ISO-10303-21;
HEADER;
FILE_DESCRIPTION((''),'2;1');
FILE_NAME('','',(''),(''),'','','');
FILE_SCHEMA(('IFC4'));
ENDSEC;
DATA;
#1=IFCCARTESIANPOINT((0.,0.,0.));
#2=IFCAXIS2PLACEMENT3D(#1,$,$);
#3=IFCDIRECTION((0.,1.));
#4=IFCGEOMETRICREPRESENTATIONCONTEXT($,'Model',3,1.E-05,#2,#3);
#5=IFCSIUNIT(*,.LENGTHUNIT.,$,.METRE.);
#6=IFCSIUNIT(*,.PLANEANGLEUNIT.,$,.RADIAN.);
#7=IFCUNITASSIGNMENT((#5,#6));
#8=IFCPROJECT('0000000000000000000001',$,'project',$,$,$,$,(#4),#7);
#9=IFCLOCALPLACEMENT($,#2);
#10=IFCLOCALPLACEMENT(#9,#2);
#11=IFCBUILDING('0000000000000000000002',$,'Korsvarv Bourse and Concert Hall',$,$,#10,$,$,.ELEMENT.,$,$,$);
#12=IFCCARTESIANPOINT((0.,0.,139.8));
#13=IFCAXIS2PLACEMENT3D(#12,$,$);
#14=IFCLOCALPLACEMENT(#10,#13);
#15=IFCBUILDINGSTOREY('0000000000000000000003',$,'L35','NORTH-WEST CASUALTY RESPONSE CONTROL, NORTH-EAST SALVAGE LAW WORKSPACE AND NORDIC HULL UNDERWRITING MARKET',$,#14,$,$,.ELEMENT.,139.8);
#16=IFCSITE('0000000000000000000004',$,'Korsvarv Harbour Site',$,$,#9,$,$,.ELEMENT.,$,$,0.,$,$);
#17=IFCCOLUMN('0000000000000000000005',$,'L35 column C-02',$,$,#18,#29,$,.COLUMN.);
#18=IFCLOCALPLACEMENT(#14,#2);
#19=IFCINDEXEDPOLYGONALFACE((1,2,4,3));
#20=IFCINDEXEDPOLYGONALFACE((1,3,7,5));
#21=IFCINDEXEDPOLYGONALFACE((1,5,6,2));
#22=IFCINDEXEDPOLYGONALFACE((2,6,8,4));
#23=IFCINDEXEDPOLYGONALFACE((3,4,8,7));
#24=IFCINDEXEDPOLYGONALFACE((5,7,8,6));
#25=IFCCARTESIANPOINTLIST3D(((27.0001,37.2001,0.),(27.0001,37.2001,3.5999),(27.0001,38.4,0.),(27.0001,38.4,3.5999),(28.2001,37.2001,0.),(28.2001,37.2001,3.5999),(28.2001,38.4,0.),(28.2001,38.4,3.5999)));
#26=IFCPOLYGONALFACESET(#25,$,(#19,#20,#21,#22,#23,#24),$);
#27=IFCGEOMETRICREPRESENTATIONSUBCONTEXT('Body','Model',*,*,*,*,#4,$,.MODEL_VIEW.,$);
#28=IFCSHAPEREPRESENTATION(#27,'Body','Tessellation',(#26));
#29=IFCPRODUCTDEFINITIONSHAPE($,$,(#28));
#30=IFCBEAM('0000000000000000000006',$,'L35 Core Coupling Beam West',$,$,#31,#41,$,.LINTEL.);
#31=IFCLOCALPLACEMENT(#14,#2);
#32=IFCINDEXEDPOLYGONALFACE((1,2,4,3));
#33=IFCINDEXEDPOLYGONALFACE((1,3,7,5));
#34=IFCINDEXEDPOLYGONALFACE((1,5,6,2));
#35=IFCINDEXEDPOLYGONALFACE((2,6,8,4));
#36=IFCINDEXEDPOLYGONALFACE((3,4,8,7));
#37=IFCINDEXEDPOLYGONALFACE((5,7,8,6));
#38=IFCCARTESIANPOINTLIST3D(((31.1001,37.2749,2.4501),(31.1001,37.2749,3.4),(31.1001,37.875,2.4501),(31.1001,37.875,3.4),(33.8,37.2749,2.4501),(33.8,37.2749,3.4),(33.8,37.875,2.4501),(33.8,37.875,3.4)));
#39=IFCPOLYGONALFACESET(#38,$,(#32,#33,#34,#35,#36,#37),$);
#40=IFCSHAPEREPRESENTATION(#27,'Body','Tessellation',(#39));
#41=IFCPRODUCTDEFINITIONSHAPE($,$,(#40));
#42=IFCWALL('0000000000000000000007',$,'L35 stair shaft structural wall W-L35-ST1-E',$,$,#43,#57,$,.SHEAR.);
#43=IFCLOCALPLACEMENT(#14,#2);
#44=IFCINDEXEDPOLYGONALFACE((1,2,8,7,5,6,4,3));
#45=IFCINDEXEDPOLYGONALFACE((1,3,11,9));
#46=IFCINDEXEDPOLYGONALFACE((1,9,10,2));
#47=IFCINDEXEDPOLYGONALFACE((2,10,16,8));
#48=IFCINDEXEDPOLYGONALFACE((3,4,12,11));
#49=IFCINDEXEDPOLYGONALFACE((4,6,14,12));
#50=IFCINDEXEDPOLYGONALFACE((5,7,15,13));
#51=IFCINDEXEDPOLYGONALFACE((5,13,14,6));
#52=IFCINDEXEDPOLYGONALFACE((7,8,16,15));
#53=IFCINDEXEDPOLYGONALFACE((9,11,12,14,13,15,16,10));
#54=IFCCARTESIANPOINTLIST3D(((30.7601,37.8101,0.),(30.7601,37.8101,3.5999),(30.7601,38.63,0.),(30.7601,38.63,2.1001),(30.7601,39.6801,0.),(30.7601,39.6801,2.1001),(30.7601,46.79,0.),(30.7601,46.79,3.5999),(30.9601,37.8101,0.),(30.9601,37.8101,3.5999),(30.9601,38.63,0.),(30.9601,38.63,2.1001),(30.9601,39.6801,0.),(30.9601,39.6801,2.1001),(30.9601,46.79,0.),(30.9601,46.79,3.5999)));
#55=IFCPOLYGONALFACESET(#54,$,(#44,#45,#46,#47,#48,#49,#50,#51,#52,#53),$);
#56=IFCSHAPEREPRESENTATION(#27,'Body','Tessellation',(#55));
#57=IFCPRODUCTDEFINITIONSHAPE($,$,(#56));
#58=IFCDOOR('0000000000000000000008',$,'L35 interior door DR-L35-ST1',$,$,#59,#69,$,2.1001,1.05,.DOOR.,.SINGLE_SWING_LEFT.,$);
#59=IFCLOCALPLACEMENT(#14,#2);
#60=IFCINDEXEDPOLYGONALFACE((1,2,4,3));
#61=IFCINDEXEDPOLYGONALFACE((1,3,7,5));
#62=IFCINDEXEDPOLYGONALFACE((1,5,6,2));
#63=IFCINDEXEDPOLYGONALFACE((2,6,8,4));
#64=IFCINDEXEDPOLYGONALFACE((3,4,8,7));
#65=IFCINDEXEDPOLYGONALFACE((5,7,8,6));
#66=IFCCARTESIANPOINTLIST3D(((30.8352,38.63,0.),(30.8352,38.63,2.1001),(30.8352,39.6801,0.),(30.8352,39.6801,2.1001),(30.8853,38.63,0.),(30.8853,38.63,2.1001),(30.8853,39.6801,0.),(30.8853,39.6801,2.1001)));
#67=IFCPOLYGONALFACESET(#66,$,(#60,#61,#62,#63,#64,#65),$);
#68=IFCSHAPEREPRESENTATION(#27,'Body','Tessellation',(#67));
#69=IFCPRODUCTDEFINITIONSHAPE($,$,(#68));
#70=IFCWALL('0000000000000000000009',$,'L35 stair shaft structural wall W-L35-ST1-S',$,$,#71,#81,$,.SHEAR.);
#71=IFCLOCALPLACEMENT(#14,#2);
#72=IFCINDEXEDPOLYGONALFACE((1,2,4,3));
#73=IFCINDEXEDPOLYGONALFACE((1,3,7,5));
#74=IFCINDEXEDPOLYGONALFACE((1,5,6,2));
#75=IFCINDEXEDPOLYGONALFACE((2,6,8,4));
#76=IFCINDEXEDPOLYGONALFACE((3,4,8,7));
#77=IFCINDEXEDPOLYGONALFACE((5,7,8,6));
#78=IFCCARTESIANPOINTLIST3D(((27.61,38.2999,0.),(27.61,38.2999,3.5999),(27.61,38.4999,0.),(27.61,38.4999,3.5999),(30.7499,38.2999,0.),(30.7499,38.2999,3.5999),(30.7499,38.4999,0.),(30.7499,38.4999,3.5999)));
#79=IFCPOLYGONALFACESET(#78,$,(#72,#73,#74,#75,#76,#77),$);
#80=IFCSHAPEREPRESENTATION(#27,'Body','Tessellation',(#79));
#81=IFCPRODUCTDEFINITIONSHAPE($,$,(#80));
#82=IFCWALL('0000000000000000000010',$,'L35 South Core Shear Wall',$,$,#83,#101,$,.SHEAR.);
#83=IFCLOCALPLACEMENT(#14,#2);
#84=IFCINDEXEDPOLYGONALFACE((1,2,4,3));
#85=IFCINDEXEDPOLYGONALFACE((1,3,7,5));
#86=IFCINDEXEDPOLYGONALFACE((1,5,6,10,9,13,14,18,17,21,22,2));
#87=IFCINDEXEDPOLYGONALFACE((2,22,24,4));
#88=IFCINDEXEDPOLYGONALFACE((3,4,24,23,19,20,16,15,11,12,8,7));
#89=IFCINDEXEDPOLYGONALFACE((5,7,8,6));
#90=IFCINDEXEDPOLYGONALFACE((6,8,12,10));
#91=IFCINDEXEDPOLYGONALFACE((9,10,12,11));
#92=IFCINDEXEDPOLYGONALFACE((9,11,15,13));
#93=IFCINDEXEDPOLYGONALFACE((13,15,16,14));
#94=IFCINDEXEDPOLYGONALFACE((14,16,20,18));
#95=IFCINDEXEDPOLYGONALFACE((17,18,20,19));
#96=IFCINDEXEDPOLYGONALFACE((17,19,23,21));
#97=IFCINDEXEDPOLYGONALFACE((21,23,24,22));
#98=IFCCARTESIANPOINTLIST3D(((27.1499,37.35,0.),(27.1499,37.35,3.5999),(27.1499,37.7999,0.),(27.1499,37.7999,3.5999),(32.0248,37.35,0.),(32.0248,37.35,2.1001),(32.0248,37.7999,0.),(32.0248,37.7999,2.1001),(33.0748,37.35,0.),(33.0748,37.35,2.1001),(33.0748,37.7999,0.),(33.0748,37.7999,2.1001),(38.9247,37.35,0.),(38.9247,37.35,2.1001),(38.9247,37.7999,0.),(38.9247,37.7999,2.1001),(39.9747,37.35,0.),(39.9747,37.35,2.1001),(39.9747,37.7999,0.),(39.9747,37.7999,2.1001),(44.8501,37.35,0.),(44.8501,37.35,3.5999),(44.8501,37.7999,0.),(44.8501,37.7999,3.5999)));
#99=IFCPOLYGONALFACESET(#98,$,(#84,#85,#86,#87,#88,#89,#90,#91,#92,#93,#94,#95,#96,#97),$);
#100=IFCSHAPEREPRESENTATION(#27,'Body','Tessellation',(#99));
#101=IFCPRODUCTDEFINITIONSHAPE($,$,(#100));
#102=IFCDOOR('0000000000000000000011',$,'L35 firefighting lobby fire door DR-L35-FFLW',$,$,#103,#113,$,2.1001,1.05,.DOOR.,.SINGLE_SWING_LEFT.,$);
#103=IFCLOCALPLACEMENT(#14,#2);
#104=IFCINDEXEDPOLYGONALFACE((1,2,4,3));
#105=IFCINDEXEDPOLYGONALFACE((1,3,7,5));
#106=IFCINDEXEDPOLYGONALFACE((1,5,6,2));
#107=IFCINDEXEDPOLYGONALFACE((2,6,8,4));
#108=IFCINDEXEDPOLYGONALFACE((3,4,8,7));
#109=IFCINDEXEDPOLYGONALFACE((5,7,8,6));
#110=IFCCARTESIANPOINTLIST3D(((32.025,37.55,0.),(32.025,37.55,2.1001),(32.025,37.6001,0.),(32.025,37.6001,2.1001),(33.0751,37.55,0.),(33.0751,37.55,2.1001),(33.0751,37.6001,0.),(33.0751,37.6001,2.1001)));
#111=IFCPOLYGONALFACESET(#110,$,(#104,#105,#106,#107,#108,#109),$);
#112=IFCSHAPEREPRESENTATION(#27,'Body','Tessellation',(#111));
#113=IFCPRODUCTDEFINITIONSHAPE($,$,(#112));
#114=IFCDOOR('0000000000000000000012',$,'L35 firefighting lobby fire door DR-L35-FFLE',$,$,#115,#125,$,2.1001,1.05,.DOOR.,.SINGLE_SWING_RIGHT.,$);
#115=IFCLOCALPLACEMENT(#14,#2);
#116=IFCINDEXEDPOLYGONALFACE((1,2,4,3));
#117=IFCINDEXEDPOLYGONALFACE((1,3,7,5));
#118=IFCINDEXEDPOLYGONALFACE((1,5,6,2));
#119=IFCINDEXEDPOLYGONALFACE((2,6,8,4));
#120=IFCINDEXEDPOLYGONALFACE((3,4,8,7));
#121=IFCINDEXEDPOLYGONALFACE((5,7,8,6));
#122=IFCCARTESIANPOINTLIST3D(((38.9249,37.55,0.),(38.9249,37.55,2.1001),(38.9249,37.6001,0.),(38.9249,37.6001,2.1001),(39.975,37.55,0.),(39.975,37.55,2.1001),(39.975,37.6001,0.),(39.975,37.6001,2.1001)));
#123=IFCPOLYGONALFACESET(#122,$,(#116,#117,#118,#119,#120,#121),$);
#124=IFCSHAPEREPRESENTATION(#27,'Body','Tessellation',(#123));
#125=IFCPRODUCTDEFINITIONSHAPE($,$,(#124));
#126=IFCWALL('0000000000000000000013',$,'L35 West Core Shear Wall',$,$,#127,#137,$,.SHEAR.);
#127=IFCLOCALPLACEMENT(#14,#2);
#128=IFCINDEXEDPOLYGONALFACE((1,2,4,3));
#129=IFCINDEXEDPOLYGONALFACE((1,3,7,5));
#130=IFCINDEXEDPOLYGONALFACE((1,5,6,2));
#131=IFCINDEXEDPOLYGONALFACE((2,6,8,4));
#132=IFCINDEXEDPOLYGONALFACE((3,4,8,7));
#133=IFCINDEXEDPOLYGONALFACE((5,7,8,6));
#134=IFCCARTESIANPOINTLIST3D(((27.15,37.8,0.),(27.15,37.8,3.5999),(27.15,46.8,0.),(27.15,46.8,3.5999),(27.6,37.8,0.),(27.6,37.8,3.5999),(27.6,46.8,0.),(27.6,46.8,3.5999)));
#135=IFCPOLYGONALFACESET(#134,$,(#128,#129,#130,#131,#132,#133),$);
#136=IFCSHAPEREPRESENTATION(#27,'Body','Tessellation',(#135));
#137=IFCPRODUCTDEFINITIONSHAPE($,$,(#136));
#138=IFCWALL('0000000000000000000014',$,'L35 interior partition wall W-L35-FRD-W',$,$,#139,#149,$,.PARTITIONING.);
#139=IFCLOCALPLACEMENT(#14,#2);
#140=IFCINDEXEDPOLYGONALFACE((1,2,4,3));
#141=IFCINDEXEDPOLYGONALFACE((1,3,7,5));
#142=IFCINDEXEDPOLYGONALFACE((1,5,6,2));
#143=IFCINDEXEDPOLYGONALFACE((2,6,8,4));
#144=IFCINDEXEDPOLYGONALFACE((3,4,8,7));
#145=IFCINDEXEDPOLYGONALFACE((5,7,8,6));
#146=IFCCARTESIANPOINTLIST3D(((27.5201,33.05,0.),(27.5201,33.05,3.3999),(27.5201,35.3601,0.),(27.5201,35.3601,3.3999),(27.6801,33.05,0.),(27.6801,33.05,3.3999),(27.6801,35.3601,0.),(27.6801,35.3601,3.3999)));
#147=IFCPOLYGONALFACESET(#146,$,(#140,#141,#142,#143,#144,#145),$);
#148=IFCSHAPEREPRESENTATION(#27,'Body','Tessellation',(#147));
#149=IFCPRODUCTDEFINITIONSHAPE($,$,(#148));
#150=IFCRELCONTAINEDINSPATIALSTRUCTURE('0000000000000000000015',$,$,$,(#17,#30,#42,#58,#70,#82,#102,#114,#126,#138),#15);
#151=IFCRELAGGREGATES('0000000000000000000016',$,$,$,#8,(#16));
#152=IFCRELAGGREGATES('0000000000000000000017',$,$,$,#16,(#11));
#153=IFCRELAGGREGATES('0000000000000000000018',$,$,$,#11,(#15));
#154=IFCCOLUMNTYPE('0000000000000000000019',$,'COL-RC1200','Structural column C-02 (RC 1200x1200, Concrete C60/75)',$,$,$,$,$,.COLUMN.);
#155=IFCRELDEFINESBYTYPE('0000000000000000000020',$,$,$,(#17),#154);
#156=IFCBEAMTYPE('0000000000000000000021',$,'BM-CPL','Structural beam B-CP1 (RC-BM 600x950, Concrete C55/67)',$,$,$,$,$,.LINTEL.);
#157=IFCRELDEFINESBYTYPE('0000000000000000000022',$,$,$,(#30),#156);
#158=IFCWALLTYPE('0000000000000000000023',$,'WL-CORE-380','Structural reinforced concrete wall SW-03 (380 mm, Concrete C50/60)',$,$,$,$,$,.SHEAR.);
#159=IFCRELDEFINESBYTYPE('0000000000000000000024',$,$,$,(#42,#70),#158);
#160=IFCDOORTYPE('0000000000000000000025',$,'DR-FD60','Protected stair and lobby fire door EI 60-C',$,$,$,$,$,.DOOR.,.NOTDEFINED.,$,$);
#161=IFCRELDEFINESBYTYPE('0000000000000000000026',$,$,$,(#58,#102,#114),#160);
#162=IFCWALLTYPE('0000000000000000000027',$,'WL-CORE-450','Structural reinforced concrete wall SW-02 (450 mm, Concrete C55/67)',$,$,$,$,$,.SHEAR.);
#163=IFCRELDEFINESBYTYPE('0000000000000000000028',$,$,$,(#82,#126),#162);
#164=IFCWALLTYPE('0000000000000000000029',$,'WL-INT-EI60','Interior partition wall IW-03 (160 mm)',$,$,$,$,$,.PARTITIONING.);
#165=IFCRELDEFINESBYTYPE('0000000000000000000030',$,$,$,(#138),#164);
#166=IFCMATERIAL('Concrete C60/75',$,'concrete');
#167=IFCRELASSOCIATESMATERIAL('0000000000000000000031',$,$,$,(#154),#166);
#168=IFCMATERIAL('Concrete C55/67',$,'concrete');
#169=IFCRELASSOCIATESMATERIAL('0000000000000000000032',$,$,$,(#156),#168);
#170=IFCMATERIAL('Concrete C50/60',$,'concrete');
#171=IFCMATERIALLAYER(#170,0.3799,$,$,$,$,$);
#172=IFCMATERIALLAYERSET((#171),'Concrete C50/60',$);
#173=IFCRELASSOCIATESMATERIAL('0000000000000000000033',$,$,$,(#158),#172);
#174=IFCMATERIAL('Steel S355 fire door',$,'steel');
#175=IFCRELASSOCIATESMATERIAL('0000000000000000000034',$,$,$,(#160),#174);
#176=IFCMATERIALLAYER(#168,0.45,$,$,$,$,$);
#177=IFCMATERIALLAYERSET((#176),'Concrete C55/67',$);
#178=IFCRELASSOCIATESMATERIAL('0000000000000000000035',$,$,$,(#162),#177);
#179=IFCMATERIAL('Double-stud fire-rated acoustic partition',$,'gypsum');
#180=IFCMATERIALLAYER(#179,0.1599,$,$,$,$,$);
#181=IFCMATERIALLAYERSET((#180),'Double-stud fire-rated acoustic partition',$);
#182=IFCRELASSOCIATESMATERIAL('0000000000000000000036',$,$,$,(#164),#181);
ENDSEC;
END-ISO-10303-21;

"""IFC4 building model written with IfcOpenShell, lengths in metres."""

from ifc_helpers import new_model, si_unit, direction, frame, frame_2d, origin, origin_2d, place, context, subcontext, project, spatial, rectangle, extrude, source, transform, mapped, material, layer, layer_set, material_profile, profile_set, type_object, element, fill, save


model = new_model("IFC4")

# Units and contexts
model_context = context("Model", 3, precision=1e-05, world=origin(), true_north=direction((0.0, 1.0)))
body_context = subcontext(model_context, "Body", "Model", "MODEL_VIEW")
ifc_project = project(units=[si_unit("LENGTHUNIT", "METRE"), si_unit("PLANEANGLEUNIT", "RADIAN")], contexts=[model_context])

# Site, building, storey
site_placement = place(None, origin())
site = spatial("IfcSite", under=ifc_project, at=site_placement, Name="Korsvarv Harbour Site", CompositionType="ELEMENT", RefElevation=0.0)
building_placement = place(site_placement, origin())
building = spatial("IfcBuilding", under=site, at=building_placement, Name="Korsvarv Bourse and Concert Hall", CompositionType="ELEMENT")
storey_placement = place(building_placement, frame((0.0, 0.0, 139.8)))
storey = spatial("IfcBuildingStorey", under=building, at=storey_placement, Name="L35", Description="NORTH-WEST CASUALTY RESPONSE CONTROL, NORTH-EAST SALVAGE LAW WORKSPACE AND NORDIC HULL UNDERWRITING MARKET", CompositionType="ELEMENT", Elevation=139.8)

# Column
ifc_material_1 = material(Name="Concrete C60/75", Category="concrete")
ifc_material_profile_1 = material_profile(ifc_material_1, rectangle(XDim=1.2, YDim=1.2, at=origin_2d()), Name="RC 1200x1200")
ifc_profile_set_1 = profile_set([ifc_material_profile_1], Name="Concrete C60/75")
column_type = type_object("IfcColumnType", Name="COL-RC1200", Description="Structural column C-02 (RC 1200x1200, Concrete C60/75)", PredefinedType="COLUMN", material=ifc_profile_set_1)
shared_shape_1 = source(origin(), body_context, "Body", "SweptSolid", [
    extrude(rectangle(XDim=1.2, YDim=1.2, at=origin_2d()), origin(), (0.0, 0.0, 1.0), 3.5999),
])
column_placement = place(storey_placement, frame((27.6001, 37.8, 0.0), z_axis=(0.0, 0.0, 1.0), x_axis=(1.0, 0.0, 0.0)))
element("IfcColumn", 1, at=column_placement, inside=storey, type_object=column_type, Name="L35 column C-02", PredefinedType="COLUMN", context=body_context, shape_type="MappedRepresentation", body=[
    mapped(shared_shape_1, transform((0.0, 0.0, 0.0), scale=1.0)),
])

# Beam
ifc_material_2 = material(Name="Concrete C55/67", Category="concrete")
ifc_material_profile_2 = material_profile(ifc_material_2, rectangle(XDim=0.6001, YDim=0.95, at=origin_2d()), Name="RC-BM 600x950")
ifc_profile_set_2 = profile_set([ifc_material_profile_2], Name="Concrete C55/67")
beam_type = type_object("IfcBeamType", Name="BM-CPL", Description="Structural beam B-CP1 (RC-BM 600x950, Concrete C55/67)", PredefinedType="LINTEL", material=ifc_profile_set_2)
shared_shape_2 = source(origin(), body_context, "Body", "SweptSolid", [
    extrude(rectangle(XDim=0.6001, YDim=0.95, at=origin_2d()), origin(), (0.0, 0.0, 1.0), 2.7),
])
beam_placement = place(storey_placement, frame((31.1001, 37.575, 2.925), z_axis=(1.0, 0.0, 0.0), x_axis=(0.0, 1.0, 0.0)))
element("IfcBeam", 2, at=beam_placement, inside=storey, type_object=beam_type, Name="L35 Core Coupling Beam West", PredefinedType="LINTEL", context=body_context, shape_type="MappedRepresentation", body=[
    mapped(shared_shape_2, transform((0.0, 0.0, 0.0), scale=1.0)),
])

# Wall, opening, door
ifc_material_3 = material(Name="Concrete C50/60", Category="concrete")
ifc_layer_1 = layer(ifc_material_3, 0.3799)
ifc_layer_set_1 = layer_set([ifc_layer_1], Name="Concrete C50/60")
wall_type_1 = type_object("IfcWallType", Name="WL-CORE-380", Description="Structural reinforced concrete wall SW-03 (380 mm, Concrete C50/60)", PredefinedType="SHEAR", material=ifc_layer_set_1)
wall_1_placement = place(storey_placement, frame((30.8601, 37.8101, 0.0), z_axis=(0.0, 0.0, 1.0), x_axis=(0.0, 1.0, 0.0)))
wall_1 = element("IfcWall", 3, at=wall_1_placement, inside=storey, type_object=wall_type_1, Name="L35 stair shaft structural wall W-L35-ST1-E", PredefinedType="SHEAR", context=body_context, shape_type="SweptSolid", body=[
    extrude(rectangle(XDim=8.98, YDim=0.2, at=frame_2d((4.49, 0.0))), origin(), (0.0, 0.0, 1.0), 3.5999),
])
opening_1_placement = place(wall_1_placement, frame((0.8201, 0.0, 0.0)))
opening_1 = element("IfcOpeningElement", 4, at=opening_1_placement, cuts=wall_1, PredefinedType="OPENING", context=body_context, shape_type="SweptSolid", body=[
    extrude(rectangle(XDim=1.05, YDim=2.1001, at=frame_2d((0.5249, 1.05))), frame((0.0, 0.1099, 0.0), z_axis=(0.0, -1.0, 0.0), x_axis=(1.0, 0.0, 0.0)), (0.0, 0.0, 1.0), 0.22),
])
ifc_material_4 = material(Name="Steel S355 fire door", Category="steel")
door_type_1 = type_object("IfcDoorType", Name="DR-FD60", Description="Protected stair and lobby fire door EI 60-C", OperationType="NOTDEFINED", PredefinedType="DOOR", material=ifc_material_4)
door_1_placement = place(opening_1_placement, origin())
door_1 = element("IfcDoor", 5, at=door_1_placement, inside=storey, type_object=door_type_1, Name="L35 interior door DR-L35-ST1", OperationType="SINGLE_SWING_LEFT", OverallHeight=2.1001, OverallWidth=1.05, PredefinedType="DOOR", context=body_context, shape_type="SweptSolid", body=[
    extrude(rectangle(XDim=1.05, YDim=2.1001, at=frame_2d((0.5249, 1.05))), frame((0.0, 0.0249, 0.0), z_axis=(0.0, -1.0, 0.0), x_axis=(1.0, 0.0, 0.0)), (0.0, 0.0, 1.0), 0.05),
])
fill(opening_1, door_1)

# Wall
wall_2_placement = place(storey_placement, frame((27.6101, 38.3999, 0.0), z_axis=(0.0, 0.0, 1.0), x_axis=(1.0, 0.0, 0.0)))
element("IfcWall", 6, at=wall_2_placement, inside=storey, type_object=wall_type_1, Name="L35 stair shaft structural wall W-L35-ST1-S", PredefinedType="SHEAR", context=body_context, shape_type="SweptSolid", body=[
    extrude(rectangle(XDim=3.1399, YDim=0.2, at=frame_2d((1.5698, 0.0))), origin(), (0.0, 0.0, 1.0), 3.5999),
])

# Wall, openings, doors
ifc_layer_2 = layer(ifc_material_2, 0.45)
ifc_layer_set_2 = layer_set([ifc_layer_2], Name="Concrete C55/67")
wall_type_2 = type_object("IfcWallType", Name="WL-CORE-450", Description="Structural reinforced concrete wall SW-02 (450 mm, Concrete C55/67)", PredefinedType="SHEAR", material=ifc_layer_set_2)
wall_3_placement = place(storey_placement, frame((27.1499, 37.575, 0.0), z_axis=(0.0, 0.0, 1.0), x_axis=(1.0, 0.0, 0.0)))
wall_3 = element("IfcWall", 7, at=wall_3_placement, inside=storey, type_object=wall_type_2, Name="L35 South Core Shear Wall", PredefinedType="SHEAR", context=body_context, shape_type="SweptSolid", body=[
    extrude(rectangle(XDim=17.7002, YDim=0.45, at=frame_2d((8.8501, 0.0))), origin(), (0.0, 0.0, 1.0), 3.5999),
])
opening_2_placement = place(wall_3_placement, frame((4.875, 0.0, 0.0)))
opening_2 = element("IfcOpeningElement", 8, at=opening_2_placement, cuts=wall_3, PredefinedType="OPENING", context=body_context, shape_type="SweptSolid", body=[
    extrude(rectangle(XDim=1.05, YDim=2.1001, at=frame_2d((0.5249, 1.05))), frame((0.0, 0.2349, 0.0), z_axis=(0.0, -1.0, 0.0), x_axis=(1.0, 0.0, 0.0)), (0.0, 0.0, 1.0), 0.47),
])
opening_3_placement = place(wall_3_placement, frame((11.7749, 0.0, 0.0)))
opening_3 = element("IfcOpeningElement", 9, at=opening_3_placement, cuts=wall_3, PredefinedType="OPENING", context=body_context, shape_type="SweptSolid", body=[
    extrude(rectangle(XDim=1.05, YDim=2.1001, at=frame_2d((0.5249, 1.05))), frame((0.0, 0.2349, 0.0), z_axis=(0.0, -1.0, 0.0), x_axis=(1.0, 0.0, 0.0)), (0.0, 0.0, 1.0), 0.47),
])
door_2_placement = place(opening_2_placement, frame((1.05, 0.0, 0.0), z_axis=(0.0, 0.0, 1.0), x_axis=(-1.0, 0.0, 0.0)))
door_2 = element("IfcDoor", 10, at=door_2_placement, inside=storey, type_object=door_type_1, Name="L35 firefighting lobby fire door DR-L35-FFLW", OperationType="SINGLE_SWING_LEFT", OverallHeight=2.1001, OverallWidth=1.05, PredefinedType="DOOR", context=body_context, shape_type="SweptSolid", body=[
    extrude(rectangle(XDim=1.05, YDim=2.1001, at=frame_2d((0.5249, 1.05))), frame((0.0, 0.0249, 0.0), z_axis=(0.0, -1.0, 0.0), x_axis=(1.0, 0.0, 0.0)), (0.0, 0.0, 1.0), 0.05),
])
fill(opening_2, door_2)
door_3_placement = place(opening_3_placement, frame((1.05, 0.0, 0.0), z_axis=(0.0, 0.0, 1.0), x_axis=(-1.0, 0.0, 0.0)))
door_3 = element("IfcDoor", 11, at=door_3_placement, inside=storey, type_object=door_type_1, Name="L35 firefighting lobby fire door DR-L35-FFLE", OperationType="SINGLE_SWING_RIGHT", OverallHeight=2.1001, OverallWidth=1.05, PredefinedType="DOOR", context=body_context, shape_type="SweptSolid", body=[
    extrude(rectangle(XDim=1.05, YDim=2.1001, at=frame_2d((0.5249, 1.05))), frame((0.0, 0.0249, 0.0), z_axis=(0.0, -1.0, 0.0), x_axis=(1.0, 0.0, 0.0)), (0.0, 0.0, 1.0), 0.05),
])
fill(opening_3, door_3)

# Walls
wall_4_placement = place(storey_placement, frame((27.375, 37.8, 0.0), z_axis=(0.0, 0.0, 1.0), x_axis=(0.0, 1.0, 0.0)))
element("IfcWall", 12, at=wall_4_placement, inside=storey, type_object=wall_type_2, Name="L35 West Core Shear Wall", PredefinedType="SHEAR", context=body_context, shape_type="SweptSolid", body=[
    extrude(rectangle(XDim=9.0, YDim=0.45, at=frame_2d((4.5, 0.0))), origin(), (0.0, 0.0, 1.0), 3.5999),
])
ifc_material_5 = material(Name="Double-stud fire-rated acoustic partition", Category="gypsum")
ifc_layer_3 = layer(ifc_material_5, 0.1599)
ifc_layer_set_3 = layer_set([ifc_layer_3], Name="Double-stud fire-rated acoustic partition")
wall_type_3 = type_object("IfcWallType", Name="WL-INT-EI60", Description="Interior partition wall IW-03 (160 mm)", PredefinedType="PARTITIONING", material=ifc_layer_set_3)
wall_5_placement = place(storey_placement, frame((27.6001, 33.05, 0.0), z_axis=(0.0, 0.0, 1.0), x_axis=(0.0, 1.0, 0.0)))
element("IfcWall", 13, at=wall_5_placement, inside=storey, type_object=wall_type_3, Name="L35 interior partition wall W-L35-FRD-W", PredefinedType="PARTITIONING", context=body_context, shape_type="SweptSolid", body=[
    extrude(rectangle(XDim=2.3101, YDim=0.1599, at=frame_2d((1.155, 0.0))), origin(), (0.0, 0.0, 1.0), 3.3999),
])

save(model, "model.ifc")
